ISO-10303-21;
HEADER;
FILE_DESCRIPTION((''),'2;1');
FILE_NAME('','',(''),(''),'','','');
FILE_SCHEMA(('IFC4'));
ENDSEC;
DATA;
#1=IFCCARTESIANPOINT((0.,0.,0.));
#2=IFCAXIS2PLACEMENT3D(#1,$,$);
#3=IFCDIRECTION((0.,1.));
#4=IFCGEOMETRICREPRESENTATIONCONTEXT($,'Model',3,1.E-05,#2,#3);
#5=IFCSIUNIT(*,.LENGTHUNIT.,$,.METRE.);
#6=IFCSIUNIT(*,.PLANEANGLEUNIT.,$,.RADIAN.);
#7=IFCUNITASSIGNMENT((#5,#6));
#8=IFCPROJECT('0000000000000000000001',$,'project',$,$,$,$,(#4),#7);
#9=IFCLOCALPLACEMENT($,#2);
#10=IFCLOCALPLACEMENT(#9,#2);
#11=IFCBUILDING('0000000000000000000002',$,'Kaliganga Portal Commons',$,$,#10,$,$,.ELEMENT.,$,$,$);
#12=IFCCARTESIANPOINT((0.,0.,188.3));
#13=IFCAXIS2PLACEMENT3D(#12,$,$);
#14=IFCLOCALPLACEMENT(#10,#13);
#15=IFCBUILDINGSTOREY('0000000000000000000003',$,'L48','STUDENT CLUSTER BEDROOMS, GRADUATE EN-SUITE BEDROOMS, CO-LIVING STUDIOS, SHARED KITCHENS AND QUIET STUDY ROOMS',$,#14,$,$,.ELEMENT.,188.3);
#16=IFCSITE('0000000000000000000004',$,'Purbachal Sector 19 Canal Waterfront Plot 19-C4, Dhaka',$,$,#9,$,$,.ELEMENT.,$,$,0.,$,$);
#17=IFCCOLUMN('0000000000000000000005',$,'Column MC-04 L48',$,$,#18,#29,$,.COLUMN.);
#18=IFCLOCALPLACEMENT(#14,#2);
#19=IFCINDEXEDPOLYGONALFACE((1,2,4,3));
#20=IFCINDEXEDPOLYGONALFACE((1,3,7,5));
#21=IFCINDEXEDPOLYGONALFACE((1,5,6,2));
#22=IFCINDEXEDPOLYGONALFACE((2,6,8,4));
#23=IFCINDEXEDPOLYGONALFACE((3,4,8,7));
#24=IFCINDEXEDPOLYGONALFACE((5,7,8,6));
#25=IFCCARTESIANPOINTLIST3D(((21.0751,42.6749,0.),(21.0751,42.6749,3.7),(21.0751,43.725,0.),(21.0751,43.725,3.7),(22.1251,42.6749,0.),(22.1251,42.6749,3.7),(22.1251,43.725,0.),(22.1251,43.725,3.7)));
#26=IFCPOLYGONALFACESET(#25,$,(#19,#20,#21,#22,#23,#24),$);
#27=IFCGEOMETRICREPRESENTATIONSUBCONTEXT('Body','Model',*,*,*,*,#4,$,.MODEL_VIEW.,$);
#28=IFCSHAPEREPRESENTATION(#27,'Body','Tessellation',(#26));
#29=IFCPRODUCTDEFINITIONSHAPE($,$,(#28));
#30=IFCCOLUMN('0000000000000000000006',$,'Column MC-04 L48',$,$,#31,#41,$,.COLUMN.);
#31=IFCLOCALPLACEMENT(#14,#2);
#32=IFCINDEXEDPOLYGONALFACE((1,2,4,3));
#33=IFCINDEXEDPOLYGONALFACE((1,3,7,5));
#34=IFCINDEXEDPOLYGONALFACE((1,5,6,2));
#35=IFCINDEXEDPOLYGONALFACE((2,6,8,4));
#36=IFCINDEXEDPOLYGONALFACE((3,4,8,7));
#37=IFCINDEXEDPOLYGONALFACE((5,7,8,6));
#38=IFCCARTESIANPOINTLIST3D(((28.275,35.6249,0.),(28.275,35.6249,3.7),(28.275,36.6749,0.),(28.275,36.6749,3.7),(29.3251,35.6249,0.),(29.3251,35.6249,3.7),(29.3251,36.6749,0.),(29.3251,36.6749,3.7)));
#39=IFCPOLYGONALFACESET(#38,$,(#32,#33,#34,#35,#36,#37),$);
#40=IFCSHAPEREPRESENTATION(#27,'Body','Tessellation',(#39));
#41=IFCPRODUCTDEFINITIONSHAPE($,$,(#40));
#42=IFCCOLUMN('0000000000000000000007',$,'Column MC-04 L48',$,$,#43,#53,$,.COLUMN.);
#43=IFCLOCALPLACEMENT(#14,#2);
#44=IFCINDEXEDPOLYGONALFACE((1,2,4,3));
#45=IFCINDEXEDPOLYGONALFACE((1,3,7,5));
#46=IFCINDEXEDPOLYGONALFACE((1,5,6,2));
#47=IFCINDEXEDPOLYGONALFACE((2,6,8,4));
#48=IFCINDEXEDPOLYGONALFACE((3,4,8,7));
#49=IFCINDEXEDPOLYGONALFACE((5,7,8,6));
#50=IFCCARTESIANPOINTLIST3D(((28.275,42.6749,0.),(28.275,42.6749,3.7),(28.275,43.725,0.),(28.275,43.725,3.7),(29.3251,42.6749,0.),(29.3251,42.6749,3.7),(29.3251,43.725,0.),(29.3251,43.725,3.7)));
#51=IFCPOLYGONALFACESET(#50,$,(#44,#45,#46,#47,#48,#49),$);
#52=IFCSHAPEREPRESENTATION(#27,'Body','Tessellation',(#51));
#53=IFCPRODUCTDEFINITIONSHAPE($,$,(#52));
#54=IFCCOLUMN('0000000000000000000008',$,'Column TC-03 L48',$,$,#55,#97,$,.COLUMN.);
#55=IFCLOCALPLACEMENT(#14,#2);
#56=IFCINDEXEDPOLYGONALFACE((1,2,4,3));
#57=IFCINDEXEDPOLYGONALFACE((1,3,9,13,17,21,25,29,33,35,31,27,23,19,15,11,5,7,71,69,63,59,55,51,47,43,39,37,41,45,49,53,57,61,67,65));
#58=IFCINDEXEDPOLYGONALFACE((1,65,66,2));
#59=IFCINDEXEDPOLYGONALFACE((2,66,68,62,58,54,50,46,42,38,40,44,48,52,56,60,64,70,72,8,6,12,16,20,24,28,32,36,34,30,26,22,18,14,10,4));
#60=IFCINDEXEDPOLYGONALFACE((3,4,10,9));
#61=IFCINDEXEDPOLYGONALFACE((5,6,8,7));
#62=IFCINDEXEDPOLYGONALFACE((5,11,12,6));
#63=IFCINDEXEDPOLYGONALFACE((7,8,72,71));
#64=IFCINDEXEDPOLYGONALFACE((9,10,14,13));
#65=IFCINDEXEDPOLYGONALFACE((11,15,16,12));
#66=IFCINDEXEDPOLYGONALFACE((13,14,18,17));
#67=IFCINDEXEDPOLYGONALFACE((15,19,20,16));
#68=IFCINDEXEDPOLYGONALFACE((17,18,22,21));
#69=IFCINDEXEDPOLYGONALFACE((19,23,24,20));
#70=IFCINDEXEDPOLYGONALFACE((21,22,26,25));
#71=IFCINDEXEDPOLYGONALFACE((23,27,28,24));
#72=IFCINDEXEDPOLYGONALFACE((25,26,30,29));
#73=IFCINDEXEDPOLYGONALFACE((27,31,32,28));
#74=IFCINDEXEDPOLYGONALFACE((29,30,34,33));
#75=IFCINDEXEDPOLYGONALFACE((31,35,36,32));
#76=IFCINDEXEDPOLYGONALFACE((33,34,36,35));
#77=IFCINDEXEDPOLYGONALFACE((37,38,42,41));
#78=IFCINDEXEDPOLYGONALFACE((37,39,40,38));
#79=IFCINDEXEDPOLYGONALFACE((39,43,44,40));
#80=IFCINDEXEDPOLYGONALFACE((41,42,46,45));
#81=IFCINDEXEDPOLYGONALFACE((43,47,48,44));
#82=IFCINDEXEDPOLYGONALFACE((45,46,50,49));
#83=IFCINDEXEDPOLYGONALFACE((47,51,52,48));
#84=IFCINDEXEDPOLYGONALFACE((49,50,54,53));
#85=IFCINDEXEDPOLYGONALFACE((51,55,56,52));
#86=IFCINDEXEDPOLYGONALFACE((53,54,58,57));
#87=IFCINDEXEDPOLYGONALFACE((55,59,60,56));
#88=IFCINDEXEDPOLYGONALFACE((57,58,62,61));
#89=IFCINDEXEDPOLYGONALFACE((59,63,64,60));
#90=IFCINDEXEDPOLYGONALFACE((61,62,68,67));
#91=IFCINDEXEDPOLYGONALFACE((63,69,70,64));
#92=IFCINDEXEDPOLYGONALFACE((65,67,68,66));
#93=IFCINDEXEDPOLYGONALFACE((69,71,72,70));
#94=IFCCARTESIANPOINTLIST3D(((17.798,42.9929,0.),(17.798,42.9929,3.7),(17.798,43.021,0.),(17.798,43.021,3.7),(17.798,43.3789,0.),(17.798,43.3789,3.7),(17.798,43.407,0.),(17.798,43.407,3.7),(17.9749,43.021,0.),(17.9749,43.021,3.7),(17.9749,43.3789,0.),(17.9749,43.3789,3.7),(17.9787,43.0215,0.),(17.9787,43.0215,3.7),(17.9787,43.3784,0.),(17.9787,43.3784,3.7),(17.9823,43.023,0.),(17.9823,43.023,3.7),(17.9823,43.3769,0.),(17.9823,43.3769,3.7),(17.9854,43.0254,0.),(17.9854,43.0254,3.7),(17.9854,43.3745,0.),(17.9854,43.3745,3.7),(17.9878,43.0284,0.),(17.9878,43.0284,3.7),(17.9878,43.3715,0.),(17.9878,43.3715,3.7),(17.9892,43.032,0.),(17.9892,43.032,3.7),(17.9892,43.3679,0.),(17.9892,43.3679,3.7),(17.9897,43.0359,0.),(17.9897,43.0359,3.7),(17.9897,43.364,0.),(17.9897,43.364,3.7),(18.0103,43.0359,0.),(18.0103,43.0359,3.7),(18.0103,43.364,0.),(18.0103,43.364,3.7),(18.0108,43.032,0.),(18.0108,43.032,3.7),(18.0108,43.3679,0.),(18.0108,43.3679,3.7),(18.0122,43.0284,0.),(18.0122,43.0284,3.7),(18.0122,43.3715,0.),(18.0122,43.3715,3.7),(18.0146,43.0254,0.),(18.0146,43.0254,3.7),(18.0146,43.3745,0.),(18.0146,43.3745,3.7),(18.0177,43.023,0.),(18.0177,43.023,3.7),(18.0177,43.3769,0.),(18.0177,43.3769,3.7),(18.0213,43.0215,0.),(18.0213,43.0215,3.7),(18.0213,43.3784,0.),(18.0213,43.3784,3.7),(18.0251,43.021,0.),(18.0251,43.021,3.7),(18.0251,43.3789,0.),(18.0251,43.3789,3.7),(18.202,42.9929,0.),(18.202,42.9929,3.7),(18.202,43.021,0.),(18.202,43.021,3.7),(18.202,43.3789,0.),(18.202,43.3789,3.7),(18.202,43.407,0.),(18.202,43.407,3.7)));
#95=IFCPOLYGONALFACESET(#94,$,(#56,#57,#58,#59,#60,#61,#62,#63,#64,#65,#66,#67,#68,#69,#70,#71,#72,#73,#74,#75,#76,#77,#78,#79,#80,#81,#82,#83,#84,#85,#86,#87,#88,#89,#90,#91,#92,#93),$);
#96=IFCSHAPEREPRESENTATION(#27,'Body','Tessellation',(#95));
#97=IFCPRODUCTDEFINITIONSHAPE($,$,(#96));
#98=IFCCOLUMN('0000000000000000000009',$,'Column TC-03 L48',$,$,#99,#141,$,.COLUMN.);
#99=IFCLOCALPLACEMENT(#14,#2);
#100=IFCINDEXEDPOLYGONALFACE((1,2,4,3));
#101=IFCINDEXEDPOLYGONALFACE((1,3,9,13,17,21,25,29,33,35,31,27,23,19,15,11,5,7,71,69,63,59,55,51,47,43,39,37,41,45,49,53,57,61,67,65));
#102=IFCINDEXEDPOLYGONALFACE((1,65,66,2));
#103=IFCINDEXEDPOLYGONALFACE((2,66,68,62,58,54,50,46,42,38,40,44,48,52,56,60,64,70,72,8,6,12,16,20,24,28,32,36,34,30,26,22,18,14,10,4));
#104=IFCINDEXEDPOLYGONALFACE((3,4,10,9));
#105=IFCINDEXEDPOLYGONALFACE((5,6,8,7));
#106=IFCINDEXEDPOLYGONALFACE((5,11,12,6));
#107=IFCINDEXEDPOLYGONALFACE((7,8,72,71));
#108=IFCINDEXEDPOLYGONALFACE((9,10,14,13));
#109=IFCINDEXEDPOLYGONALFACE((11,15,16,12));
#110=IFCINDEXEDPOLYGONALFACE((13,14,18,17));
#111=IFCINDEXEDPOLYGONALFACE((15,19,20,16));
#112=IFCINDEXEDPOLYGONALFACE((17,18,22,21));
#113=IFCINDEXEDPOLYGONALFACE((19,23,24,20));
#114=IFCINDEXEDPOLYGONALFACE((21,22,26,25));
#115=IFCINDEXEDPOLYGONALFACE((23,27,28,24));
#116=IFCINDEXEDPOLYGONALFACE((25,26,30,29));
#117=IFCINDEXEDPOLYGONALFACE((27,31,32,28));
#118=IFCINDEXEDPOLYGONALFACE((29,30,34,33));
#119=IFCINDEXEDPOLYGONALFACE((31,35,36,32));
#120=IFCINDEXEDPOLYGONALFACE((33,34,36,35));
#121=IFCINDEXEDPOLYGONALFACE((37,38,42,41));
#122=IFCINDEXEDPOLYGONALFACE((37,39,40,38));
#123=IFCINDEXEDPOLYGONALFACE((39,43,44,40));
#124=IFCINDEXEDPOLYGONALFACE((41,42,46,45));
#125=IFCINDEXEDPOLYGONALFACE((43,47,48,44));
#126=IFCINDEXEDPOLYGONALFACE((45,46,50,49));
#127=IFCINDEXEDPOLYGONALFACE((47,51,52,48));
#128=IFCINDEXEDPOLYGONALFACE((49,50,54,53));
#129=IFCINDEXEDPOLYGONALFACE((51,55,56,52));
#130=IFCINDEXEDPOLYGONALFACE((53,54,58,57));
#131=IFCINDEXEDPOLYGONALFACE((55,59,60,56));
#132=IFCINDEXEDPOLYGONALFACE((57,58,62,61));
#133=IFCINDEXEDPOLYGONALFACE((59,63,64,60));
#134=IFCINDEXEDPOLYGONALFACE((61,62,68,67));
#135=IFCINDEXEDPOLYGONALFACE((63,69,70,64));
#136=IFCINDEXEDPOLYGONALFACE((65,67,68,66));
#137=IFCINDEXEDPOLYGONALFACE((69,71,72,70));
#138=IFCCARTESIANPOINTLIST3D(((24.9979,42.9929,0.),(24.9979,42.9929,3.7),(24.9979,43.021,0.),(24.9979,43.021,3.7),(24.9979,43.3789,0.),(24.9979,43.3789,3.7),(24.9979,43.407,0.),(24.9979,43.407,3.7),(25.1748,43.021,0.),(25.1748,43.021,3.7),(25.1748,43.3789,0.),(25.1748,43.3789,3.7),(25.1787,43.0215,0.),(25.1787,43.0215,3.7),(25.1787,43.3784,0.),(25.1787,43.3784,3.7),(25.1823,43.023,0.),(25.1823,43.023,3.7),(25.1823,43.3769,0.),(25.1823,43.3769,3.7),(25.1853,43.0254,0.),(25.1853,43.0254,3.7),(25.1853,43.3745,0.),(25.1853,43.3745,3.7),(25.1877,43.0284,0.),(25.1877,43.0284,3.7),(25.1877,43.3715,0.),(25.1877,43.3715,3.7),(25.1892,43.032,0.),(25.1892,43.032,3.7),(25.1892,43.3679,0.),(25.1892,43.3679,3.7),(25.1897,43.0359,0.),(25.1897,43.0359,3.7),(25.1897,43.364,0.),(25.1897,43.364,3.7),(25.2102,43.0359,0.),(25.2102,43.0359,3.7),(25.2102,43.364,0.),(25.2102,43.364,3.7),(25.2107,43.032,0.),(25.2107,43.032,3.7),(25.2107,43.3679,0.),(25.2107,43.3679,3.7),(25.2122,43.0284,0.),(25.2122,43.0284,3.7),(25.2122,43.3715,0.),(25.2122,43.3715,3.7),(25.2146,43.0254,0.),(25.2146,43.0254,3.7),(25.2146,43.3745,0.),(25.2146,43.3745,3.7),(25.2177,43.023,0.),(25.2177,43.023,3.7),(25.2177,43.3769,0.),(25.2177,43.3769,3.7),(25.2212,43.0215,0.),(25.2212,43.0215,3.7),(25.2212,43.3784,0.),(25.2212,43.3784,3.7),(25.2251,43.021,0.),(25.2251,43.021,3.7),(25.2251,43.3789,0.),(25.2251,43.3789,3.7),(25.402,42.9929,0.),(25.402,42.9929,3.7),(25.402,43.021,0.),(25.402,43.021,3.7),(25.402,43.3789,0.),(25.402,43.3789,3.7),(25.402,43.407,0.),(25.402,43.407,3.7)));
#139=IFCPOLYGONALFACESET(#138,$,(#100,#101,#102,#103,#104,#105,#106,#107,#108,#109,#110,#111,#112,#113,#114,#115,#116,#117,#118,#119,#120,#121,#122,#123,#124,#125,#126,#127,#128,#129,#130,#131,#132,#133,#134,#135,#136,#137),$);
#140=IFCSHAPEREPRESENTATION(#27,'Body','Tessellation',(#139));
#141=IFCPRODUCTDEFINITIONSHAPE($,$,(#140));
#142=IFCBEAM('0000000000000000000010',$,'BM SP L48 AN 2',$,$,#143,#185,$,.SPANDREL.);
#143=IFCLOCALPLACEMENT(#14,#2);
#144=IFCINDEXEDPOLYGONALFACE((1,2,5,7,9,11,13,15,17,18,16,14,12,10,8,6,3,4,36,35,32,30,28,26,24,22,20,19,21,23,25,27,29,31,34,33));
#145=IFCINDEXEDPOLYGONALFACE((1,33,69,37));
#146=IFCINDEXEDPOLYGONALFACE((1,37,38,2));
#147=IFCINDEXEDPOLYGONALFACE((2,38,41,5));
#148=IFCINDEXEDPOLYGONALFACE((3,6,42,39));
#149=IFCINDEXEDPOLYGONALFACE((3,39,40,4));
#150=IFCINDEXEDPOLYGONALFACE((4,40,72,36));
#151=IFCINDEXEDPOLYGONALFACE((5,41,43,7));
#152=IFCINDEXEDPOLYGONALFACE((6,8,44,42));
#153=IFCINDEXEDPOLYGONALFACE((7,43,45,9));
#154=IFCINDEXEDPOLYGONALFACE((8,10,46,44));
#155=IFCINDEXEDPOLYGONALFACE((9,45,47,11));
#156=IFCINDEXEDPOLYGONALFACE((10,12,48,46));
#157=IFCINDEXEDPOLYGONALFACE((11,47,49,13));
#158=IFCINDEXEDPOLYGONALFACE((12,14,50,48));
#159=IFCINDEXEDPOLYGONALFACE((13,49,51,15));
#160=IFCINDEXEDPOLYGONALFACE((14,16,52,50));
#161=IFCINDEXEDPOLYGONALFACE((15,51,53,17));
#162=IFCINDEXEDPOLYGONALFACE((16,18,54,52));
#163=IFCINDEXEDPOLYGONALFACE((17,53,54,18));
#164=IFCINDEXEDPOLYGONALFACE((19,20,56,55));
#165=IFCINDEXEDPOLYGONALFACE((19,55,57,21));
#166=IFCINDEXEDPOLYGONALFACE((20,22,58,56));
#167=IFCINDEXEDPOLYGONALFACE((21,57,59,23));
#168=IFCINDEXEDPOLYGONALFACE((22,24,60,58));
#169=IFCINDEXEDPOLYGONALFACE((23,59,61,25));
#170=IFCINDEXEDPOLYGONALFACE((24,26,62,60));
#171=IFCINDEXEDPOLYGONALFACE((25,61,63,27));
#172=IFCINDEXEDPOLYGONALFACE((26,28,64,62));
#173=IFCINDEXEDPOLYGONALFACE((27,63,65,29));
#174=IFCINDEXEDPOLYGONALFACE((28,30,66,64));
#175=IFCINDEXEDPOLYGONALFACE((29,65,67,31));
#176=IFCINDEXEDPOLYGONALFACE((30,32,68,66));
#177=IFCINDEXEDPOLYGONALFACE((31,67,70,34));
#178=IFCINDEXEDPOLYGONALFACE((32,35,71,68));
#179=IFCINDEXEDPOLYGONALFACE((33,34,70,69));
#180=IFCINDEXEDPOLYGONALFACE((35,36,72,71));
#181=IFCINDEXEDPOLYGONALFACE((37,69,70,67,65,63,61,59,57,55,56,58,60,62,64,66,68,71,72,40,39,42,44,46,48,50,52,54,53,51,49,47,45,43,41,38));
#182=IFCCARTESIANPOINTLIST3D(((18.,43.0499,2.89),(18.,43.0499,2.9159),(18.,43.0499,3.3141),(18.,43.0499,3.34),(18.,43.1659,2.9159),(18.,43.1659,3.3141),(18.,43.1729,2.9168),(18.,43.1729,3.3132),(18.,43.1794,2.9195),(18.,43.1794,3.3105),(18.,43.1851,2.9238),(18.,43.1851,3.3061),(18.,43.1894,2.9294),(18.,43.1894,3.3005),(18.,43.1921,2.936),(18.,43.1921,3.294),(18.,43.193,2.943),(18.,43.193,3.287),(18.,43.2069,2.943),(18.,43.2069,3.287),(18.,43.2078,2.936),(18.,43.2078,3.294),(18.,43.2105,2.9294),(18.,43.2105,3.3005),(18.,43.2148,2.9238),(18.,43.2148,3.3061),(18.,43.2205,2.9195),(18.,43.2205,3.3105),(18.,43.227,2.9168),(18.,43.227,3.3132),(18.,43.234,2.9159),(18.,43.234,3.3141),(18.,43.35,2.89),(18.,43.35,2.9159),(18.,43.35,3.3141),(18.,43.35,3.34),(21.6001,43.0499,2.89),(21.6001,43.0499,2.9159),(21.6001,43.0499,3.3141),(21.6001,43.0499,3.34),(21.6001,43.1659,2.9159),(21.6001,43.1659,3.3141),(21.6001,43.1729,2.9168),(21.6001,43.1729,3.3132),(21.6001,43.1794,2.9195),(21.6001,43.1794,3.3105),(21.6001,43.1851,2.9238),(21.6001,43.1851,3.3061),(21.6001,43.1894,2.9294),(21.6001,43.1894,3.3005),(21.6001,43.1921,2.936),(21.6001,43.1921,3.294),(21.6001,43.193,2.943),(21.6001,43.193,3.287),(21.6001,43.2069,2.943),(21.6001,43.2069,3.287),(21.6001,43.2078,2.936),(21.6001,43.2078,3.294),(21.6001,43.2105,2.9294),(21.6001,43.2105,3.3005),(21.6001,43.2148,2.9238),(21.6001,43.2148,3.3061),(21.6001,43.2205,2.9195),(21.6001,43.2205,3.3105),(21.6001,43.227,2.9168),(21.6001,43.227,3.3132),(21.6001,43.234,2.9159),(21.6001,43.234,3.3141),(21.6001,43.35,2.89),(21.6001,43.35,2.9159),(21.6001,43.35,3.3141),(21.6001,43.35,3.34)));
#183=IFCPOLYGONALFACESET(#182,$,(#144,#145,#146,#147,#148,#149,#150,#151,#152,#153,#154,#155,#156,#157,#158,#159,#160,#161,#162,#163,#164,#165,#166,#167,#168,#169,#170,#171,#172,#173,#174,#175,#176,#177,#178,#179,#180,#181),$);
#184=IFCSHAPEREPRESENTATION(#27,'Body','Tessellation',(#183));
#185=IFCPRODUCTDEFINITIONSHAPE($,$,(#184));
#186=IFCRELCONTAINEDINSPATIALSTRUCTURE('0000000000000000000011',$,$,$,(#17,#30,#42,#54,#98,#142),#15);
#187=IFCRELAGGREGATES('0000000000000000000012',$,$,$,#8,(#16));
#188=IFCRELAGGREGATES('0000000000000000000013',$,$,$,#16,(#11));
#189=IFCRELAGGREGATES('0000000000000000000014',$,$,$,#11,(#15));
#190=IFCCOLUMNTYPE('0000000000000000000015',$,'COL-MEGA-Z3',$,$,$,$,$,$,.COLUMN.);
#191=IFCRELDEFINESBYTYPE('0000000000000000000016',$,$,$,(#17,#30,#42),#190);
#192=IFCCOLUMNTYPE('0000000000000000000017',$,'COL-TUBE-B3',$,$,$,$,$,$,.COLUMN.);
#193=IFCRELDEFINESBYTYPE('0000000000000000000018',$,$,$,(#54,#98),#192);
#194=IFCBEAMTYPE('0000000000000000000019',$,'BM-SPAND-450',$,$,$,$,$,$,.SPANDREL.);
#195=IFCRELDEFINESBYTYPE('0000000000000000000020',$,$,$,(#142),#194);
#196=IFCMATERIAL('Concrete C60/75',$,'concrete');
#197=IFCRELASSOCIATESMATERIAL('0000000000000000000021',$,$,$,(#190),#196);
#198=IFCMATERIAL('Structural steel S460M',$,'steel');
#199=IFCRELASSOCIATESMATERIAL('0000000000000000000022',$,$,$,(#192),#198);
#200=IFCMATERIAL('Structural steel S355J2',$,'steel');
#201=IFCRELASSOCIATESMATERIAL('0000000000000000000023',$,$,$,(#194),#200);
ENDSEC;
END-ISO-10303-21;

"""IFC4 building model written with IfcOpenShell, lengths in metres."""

from ifc_helpers import new_model, si_unit, direction, frame, origin, origin_2d, place, context, subcontext, project, spatial, rectangle, i_section, extrude, source, transform, mapped, material, material_profile, profile_set, type_object, element, save


model = new_model("IFC4")

# Units and contexts
model_context = context("Model", 3, precision=1e-05, world=origin(), true_north=direction((0.0, 1.0)))
body_context = subcontext(model_context, "Body", "Model", "MODEL_VIEW")
ifc_project = project(units=[si_unit("LENGTHUNIT", "METRE"), si_unit("PLANEANGLEUNIT", "RADIAN")], contexts=[model_context])

# Site, building, storey
site_placement = place(None, origin())
site = spatial("IfcSite", under=ifc_project, at=site_placement, Name="Purbachal Sector 19 Canal Waterfront Plot 19-C4, Dhaka", CompositionType="ELEMENT", RefElevation=0.0)
building_placement = place(site_placement, origin())
building = spatial("IfcBuilding", under=site, at=building_placement, Name="Kaliganga Portal Commons", CompositionType="ELEMENT")
storey_placement = place(building_placement, frame((0.0, 0.0, 188.3)))
storey = spatial("IfcBuildingStorey", under=building, at=storey_placement, Name="L48", Description="STUDENT CLUSTER BEDROOMS, GRADUATE EN-SUITE BEDROOMS, CO-LIVING STUDIOS, SHARED KITCHENS AND QUIET STUDY ROOMS", CompositionType="ELEMENT", Elevation=188.3)

# Columns
ifc_material_1 = material(Name="Concrete C60/75", Category="concrete")
ifc_material_profile_1 = material_profile(ifc_material_1, rectangle(XDim=1.05, YDim=1.05, at=origin_2d()), Name="RC 1050x1050")
ifc_profile_set_1 = profile_set([ifc_material_profile_1], Name="Concrete C60/75")
column_type_1 = type_object("IfcColumnType", Name="COL-MEGA-Z3", PredefinedType="COLUMN", material=ifc_profile_set_1)
shared_shape_1 = source(origin(), body_context, "Body", "SweptSolid", [
    extrude(rectangle(XDim=1.05, YDim=1.05, at=origin_2d()), origin(), (0.0, 0.0, 1.0), 3.7),
])
for number, where, z_axis, x_axis, name in (
    (1, (21.6001, 43.2, 0.0), (0.0, 0.0, 1.0), (1.0, 0.0, 0.0), "Column MC-04 L48"),
    (2, (28.8, 36.1499, 0.0), (0.0, 0.0, 1.0), (1.0, 0.0, 0.0), "Column MC-04 L48"),
    (3, (28.8, 43.2, 0.0), (0.0, 0.0, 1.0), (1.0, 0.0, 0.0), "Column MC-04 L48"),
):
    element("IfcColumn", number, at=place(storey_placement, frame(where, z_axis=z_axis, x_axis=x_axis)), inside=storey, type_object=column_type_1, Name=name, PredefinedType="COLUMN", context=body_context, shape_type="MappedRepresentation", body=[
        mapped(shared_shape_1, transform((0.0, 0.0, 0.0), x_axis=(1.0, 0.0, 0.0), y_axis=(0.0, 1.0, 0.0), z_axis=(0.0, 0.0, 1.0), scale=1.0)),
    ])
ifc_material_2 = material(Name="Structural steel S460M", Category="steel")
ifc_material_profile_2 = material_profile(ifc_material_2, i_section(OverallWidth=0.4041, OverallDepth=0.4141, WebThickness=0.0205, FlangeThickness=0.0281, FilletRadius=0.0149, at=origin_2d()), Name="HD 400x347")
ifc_profile_set_2 = profile_set([ifc_material_profile_2], Name="Structural steel S460M wide-flange")
column_type_2 = type_object("IfcColumnType", Name="COL-TUBE-B3", PredefinedType="COLUMN", material=ifc_profile_set_2)
shared_shape_2 = source(origin(), body_context, "Body", "SweptSolid", [
    extrude(i_section(OverallWidth=0.4041, OverallDepth=0.4141, WebThickness=0.0205, FlangeThickness=0.0281, FilletRadius=0.0149, at=origin_2d()), origin(), (0.0, 0.0, 1.0), 3.7),
])
for number, where, z_axis, x_axis, name in (
    (4, (18.0, 43.2, 0.0), (0.0, 0.0, 1.0), (1.0, 0.0, 0.0), "Column TC-03 L48"),
    (5, (25.2, 43.2, 0.0), (0.0, 0.0, 1.0), (1.0, 0.0, 0.0), "Column TC-03 L48"),
):
    element("IfcColumn", number, at=place(storey_placement, frame(where, z_axis=z_axis, x_axis=x_axis)), inside=storey, type_object=column_type_2, Name=name, PredefinedType="COLUMN", context=body_context, shape_type="MappedRepresentation", body=[
        mapped(shared_shape_2, transform((0.0, 0.0, 0.0), x_axis=(1.0, 0.0, 0.0), y_axis=(0.0, 1.0, 0.0), z_axis=(0.0, 0.0, 1.0), scale=1.0)),
    ])

# Beam
ifc_material_3 = material(Name="Structural steel S355J2", Category="steel")
ifc_material_profile_3 = material_profile(ifc_material_3, i_section(OverallWidth=0.3, OverallDepth=0.45, WebThickness=0.0139, FlangeThickness=0.0259, FilletRadius=0.0271, at=origin_2d()), Name="HE 450 B")
ifc_profile_set_3 = profile_set([ifc_material_profile_3], Name="Structural steel S355J2 wide-flange")
beam_type_1 = type_object("IfcBeamType", Name="BM-SPAND-450", PredefinedType="SPANDREL", material=ifc_profile_set_3)
shared_shape_3 = source(origin(), body_context, "Body", "SweptSolid", [
    extrude(i_section(OverallWidth=0.3, OverallDepth=0.45, WebThickness=0.0139, FlangeThickness=0.0259, FilletRadius=0.0271, at=origin_2d()), origin(), (0.0, 0.0, 1.0), 3.6001),
])
for number, where, z_axis, x_axis, name in (
    (6, (18.0, 43.2, 3.115), (1.0, 0.0, 0.0), (0.0, 1.0, 0.0), "BM SP L48 AN 2"),
):
    element("IfcBeam", number, at=place(storey_placement, frame(where, z_axis=z_axis, x_axis=x_axis)), inside=storey, type_object=beam_type_1, Name=name, PredefinedType="SPANDREL", context=body_context, shape_type="MappedRepresentation", body=[
        mapped(shared_shape_3, transform((0.0, 0.0, 0.0), x_axis=(1.0, 0.0, 0.0), y_axis=(0.0, 1.0, 0.0), z_axis=(0.0, 0.0, 1.0), scale=1.0)),
    ])

save(model, "model.ifc")
